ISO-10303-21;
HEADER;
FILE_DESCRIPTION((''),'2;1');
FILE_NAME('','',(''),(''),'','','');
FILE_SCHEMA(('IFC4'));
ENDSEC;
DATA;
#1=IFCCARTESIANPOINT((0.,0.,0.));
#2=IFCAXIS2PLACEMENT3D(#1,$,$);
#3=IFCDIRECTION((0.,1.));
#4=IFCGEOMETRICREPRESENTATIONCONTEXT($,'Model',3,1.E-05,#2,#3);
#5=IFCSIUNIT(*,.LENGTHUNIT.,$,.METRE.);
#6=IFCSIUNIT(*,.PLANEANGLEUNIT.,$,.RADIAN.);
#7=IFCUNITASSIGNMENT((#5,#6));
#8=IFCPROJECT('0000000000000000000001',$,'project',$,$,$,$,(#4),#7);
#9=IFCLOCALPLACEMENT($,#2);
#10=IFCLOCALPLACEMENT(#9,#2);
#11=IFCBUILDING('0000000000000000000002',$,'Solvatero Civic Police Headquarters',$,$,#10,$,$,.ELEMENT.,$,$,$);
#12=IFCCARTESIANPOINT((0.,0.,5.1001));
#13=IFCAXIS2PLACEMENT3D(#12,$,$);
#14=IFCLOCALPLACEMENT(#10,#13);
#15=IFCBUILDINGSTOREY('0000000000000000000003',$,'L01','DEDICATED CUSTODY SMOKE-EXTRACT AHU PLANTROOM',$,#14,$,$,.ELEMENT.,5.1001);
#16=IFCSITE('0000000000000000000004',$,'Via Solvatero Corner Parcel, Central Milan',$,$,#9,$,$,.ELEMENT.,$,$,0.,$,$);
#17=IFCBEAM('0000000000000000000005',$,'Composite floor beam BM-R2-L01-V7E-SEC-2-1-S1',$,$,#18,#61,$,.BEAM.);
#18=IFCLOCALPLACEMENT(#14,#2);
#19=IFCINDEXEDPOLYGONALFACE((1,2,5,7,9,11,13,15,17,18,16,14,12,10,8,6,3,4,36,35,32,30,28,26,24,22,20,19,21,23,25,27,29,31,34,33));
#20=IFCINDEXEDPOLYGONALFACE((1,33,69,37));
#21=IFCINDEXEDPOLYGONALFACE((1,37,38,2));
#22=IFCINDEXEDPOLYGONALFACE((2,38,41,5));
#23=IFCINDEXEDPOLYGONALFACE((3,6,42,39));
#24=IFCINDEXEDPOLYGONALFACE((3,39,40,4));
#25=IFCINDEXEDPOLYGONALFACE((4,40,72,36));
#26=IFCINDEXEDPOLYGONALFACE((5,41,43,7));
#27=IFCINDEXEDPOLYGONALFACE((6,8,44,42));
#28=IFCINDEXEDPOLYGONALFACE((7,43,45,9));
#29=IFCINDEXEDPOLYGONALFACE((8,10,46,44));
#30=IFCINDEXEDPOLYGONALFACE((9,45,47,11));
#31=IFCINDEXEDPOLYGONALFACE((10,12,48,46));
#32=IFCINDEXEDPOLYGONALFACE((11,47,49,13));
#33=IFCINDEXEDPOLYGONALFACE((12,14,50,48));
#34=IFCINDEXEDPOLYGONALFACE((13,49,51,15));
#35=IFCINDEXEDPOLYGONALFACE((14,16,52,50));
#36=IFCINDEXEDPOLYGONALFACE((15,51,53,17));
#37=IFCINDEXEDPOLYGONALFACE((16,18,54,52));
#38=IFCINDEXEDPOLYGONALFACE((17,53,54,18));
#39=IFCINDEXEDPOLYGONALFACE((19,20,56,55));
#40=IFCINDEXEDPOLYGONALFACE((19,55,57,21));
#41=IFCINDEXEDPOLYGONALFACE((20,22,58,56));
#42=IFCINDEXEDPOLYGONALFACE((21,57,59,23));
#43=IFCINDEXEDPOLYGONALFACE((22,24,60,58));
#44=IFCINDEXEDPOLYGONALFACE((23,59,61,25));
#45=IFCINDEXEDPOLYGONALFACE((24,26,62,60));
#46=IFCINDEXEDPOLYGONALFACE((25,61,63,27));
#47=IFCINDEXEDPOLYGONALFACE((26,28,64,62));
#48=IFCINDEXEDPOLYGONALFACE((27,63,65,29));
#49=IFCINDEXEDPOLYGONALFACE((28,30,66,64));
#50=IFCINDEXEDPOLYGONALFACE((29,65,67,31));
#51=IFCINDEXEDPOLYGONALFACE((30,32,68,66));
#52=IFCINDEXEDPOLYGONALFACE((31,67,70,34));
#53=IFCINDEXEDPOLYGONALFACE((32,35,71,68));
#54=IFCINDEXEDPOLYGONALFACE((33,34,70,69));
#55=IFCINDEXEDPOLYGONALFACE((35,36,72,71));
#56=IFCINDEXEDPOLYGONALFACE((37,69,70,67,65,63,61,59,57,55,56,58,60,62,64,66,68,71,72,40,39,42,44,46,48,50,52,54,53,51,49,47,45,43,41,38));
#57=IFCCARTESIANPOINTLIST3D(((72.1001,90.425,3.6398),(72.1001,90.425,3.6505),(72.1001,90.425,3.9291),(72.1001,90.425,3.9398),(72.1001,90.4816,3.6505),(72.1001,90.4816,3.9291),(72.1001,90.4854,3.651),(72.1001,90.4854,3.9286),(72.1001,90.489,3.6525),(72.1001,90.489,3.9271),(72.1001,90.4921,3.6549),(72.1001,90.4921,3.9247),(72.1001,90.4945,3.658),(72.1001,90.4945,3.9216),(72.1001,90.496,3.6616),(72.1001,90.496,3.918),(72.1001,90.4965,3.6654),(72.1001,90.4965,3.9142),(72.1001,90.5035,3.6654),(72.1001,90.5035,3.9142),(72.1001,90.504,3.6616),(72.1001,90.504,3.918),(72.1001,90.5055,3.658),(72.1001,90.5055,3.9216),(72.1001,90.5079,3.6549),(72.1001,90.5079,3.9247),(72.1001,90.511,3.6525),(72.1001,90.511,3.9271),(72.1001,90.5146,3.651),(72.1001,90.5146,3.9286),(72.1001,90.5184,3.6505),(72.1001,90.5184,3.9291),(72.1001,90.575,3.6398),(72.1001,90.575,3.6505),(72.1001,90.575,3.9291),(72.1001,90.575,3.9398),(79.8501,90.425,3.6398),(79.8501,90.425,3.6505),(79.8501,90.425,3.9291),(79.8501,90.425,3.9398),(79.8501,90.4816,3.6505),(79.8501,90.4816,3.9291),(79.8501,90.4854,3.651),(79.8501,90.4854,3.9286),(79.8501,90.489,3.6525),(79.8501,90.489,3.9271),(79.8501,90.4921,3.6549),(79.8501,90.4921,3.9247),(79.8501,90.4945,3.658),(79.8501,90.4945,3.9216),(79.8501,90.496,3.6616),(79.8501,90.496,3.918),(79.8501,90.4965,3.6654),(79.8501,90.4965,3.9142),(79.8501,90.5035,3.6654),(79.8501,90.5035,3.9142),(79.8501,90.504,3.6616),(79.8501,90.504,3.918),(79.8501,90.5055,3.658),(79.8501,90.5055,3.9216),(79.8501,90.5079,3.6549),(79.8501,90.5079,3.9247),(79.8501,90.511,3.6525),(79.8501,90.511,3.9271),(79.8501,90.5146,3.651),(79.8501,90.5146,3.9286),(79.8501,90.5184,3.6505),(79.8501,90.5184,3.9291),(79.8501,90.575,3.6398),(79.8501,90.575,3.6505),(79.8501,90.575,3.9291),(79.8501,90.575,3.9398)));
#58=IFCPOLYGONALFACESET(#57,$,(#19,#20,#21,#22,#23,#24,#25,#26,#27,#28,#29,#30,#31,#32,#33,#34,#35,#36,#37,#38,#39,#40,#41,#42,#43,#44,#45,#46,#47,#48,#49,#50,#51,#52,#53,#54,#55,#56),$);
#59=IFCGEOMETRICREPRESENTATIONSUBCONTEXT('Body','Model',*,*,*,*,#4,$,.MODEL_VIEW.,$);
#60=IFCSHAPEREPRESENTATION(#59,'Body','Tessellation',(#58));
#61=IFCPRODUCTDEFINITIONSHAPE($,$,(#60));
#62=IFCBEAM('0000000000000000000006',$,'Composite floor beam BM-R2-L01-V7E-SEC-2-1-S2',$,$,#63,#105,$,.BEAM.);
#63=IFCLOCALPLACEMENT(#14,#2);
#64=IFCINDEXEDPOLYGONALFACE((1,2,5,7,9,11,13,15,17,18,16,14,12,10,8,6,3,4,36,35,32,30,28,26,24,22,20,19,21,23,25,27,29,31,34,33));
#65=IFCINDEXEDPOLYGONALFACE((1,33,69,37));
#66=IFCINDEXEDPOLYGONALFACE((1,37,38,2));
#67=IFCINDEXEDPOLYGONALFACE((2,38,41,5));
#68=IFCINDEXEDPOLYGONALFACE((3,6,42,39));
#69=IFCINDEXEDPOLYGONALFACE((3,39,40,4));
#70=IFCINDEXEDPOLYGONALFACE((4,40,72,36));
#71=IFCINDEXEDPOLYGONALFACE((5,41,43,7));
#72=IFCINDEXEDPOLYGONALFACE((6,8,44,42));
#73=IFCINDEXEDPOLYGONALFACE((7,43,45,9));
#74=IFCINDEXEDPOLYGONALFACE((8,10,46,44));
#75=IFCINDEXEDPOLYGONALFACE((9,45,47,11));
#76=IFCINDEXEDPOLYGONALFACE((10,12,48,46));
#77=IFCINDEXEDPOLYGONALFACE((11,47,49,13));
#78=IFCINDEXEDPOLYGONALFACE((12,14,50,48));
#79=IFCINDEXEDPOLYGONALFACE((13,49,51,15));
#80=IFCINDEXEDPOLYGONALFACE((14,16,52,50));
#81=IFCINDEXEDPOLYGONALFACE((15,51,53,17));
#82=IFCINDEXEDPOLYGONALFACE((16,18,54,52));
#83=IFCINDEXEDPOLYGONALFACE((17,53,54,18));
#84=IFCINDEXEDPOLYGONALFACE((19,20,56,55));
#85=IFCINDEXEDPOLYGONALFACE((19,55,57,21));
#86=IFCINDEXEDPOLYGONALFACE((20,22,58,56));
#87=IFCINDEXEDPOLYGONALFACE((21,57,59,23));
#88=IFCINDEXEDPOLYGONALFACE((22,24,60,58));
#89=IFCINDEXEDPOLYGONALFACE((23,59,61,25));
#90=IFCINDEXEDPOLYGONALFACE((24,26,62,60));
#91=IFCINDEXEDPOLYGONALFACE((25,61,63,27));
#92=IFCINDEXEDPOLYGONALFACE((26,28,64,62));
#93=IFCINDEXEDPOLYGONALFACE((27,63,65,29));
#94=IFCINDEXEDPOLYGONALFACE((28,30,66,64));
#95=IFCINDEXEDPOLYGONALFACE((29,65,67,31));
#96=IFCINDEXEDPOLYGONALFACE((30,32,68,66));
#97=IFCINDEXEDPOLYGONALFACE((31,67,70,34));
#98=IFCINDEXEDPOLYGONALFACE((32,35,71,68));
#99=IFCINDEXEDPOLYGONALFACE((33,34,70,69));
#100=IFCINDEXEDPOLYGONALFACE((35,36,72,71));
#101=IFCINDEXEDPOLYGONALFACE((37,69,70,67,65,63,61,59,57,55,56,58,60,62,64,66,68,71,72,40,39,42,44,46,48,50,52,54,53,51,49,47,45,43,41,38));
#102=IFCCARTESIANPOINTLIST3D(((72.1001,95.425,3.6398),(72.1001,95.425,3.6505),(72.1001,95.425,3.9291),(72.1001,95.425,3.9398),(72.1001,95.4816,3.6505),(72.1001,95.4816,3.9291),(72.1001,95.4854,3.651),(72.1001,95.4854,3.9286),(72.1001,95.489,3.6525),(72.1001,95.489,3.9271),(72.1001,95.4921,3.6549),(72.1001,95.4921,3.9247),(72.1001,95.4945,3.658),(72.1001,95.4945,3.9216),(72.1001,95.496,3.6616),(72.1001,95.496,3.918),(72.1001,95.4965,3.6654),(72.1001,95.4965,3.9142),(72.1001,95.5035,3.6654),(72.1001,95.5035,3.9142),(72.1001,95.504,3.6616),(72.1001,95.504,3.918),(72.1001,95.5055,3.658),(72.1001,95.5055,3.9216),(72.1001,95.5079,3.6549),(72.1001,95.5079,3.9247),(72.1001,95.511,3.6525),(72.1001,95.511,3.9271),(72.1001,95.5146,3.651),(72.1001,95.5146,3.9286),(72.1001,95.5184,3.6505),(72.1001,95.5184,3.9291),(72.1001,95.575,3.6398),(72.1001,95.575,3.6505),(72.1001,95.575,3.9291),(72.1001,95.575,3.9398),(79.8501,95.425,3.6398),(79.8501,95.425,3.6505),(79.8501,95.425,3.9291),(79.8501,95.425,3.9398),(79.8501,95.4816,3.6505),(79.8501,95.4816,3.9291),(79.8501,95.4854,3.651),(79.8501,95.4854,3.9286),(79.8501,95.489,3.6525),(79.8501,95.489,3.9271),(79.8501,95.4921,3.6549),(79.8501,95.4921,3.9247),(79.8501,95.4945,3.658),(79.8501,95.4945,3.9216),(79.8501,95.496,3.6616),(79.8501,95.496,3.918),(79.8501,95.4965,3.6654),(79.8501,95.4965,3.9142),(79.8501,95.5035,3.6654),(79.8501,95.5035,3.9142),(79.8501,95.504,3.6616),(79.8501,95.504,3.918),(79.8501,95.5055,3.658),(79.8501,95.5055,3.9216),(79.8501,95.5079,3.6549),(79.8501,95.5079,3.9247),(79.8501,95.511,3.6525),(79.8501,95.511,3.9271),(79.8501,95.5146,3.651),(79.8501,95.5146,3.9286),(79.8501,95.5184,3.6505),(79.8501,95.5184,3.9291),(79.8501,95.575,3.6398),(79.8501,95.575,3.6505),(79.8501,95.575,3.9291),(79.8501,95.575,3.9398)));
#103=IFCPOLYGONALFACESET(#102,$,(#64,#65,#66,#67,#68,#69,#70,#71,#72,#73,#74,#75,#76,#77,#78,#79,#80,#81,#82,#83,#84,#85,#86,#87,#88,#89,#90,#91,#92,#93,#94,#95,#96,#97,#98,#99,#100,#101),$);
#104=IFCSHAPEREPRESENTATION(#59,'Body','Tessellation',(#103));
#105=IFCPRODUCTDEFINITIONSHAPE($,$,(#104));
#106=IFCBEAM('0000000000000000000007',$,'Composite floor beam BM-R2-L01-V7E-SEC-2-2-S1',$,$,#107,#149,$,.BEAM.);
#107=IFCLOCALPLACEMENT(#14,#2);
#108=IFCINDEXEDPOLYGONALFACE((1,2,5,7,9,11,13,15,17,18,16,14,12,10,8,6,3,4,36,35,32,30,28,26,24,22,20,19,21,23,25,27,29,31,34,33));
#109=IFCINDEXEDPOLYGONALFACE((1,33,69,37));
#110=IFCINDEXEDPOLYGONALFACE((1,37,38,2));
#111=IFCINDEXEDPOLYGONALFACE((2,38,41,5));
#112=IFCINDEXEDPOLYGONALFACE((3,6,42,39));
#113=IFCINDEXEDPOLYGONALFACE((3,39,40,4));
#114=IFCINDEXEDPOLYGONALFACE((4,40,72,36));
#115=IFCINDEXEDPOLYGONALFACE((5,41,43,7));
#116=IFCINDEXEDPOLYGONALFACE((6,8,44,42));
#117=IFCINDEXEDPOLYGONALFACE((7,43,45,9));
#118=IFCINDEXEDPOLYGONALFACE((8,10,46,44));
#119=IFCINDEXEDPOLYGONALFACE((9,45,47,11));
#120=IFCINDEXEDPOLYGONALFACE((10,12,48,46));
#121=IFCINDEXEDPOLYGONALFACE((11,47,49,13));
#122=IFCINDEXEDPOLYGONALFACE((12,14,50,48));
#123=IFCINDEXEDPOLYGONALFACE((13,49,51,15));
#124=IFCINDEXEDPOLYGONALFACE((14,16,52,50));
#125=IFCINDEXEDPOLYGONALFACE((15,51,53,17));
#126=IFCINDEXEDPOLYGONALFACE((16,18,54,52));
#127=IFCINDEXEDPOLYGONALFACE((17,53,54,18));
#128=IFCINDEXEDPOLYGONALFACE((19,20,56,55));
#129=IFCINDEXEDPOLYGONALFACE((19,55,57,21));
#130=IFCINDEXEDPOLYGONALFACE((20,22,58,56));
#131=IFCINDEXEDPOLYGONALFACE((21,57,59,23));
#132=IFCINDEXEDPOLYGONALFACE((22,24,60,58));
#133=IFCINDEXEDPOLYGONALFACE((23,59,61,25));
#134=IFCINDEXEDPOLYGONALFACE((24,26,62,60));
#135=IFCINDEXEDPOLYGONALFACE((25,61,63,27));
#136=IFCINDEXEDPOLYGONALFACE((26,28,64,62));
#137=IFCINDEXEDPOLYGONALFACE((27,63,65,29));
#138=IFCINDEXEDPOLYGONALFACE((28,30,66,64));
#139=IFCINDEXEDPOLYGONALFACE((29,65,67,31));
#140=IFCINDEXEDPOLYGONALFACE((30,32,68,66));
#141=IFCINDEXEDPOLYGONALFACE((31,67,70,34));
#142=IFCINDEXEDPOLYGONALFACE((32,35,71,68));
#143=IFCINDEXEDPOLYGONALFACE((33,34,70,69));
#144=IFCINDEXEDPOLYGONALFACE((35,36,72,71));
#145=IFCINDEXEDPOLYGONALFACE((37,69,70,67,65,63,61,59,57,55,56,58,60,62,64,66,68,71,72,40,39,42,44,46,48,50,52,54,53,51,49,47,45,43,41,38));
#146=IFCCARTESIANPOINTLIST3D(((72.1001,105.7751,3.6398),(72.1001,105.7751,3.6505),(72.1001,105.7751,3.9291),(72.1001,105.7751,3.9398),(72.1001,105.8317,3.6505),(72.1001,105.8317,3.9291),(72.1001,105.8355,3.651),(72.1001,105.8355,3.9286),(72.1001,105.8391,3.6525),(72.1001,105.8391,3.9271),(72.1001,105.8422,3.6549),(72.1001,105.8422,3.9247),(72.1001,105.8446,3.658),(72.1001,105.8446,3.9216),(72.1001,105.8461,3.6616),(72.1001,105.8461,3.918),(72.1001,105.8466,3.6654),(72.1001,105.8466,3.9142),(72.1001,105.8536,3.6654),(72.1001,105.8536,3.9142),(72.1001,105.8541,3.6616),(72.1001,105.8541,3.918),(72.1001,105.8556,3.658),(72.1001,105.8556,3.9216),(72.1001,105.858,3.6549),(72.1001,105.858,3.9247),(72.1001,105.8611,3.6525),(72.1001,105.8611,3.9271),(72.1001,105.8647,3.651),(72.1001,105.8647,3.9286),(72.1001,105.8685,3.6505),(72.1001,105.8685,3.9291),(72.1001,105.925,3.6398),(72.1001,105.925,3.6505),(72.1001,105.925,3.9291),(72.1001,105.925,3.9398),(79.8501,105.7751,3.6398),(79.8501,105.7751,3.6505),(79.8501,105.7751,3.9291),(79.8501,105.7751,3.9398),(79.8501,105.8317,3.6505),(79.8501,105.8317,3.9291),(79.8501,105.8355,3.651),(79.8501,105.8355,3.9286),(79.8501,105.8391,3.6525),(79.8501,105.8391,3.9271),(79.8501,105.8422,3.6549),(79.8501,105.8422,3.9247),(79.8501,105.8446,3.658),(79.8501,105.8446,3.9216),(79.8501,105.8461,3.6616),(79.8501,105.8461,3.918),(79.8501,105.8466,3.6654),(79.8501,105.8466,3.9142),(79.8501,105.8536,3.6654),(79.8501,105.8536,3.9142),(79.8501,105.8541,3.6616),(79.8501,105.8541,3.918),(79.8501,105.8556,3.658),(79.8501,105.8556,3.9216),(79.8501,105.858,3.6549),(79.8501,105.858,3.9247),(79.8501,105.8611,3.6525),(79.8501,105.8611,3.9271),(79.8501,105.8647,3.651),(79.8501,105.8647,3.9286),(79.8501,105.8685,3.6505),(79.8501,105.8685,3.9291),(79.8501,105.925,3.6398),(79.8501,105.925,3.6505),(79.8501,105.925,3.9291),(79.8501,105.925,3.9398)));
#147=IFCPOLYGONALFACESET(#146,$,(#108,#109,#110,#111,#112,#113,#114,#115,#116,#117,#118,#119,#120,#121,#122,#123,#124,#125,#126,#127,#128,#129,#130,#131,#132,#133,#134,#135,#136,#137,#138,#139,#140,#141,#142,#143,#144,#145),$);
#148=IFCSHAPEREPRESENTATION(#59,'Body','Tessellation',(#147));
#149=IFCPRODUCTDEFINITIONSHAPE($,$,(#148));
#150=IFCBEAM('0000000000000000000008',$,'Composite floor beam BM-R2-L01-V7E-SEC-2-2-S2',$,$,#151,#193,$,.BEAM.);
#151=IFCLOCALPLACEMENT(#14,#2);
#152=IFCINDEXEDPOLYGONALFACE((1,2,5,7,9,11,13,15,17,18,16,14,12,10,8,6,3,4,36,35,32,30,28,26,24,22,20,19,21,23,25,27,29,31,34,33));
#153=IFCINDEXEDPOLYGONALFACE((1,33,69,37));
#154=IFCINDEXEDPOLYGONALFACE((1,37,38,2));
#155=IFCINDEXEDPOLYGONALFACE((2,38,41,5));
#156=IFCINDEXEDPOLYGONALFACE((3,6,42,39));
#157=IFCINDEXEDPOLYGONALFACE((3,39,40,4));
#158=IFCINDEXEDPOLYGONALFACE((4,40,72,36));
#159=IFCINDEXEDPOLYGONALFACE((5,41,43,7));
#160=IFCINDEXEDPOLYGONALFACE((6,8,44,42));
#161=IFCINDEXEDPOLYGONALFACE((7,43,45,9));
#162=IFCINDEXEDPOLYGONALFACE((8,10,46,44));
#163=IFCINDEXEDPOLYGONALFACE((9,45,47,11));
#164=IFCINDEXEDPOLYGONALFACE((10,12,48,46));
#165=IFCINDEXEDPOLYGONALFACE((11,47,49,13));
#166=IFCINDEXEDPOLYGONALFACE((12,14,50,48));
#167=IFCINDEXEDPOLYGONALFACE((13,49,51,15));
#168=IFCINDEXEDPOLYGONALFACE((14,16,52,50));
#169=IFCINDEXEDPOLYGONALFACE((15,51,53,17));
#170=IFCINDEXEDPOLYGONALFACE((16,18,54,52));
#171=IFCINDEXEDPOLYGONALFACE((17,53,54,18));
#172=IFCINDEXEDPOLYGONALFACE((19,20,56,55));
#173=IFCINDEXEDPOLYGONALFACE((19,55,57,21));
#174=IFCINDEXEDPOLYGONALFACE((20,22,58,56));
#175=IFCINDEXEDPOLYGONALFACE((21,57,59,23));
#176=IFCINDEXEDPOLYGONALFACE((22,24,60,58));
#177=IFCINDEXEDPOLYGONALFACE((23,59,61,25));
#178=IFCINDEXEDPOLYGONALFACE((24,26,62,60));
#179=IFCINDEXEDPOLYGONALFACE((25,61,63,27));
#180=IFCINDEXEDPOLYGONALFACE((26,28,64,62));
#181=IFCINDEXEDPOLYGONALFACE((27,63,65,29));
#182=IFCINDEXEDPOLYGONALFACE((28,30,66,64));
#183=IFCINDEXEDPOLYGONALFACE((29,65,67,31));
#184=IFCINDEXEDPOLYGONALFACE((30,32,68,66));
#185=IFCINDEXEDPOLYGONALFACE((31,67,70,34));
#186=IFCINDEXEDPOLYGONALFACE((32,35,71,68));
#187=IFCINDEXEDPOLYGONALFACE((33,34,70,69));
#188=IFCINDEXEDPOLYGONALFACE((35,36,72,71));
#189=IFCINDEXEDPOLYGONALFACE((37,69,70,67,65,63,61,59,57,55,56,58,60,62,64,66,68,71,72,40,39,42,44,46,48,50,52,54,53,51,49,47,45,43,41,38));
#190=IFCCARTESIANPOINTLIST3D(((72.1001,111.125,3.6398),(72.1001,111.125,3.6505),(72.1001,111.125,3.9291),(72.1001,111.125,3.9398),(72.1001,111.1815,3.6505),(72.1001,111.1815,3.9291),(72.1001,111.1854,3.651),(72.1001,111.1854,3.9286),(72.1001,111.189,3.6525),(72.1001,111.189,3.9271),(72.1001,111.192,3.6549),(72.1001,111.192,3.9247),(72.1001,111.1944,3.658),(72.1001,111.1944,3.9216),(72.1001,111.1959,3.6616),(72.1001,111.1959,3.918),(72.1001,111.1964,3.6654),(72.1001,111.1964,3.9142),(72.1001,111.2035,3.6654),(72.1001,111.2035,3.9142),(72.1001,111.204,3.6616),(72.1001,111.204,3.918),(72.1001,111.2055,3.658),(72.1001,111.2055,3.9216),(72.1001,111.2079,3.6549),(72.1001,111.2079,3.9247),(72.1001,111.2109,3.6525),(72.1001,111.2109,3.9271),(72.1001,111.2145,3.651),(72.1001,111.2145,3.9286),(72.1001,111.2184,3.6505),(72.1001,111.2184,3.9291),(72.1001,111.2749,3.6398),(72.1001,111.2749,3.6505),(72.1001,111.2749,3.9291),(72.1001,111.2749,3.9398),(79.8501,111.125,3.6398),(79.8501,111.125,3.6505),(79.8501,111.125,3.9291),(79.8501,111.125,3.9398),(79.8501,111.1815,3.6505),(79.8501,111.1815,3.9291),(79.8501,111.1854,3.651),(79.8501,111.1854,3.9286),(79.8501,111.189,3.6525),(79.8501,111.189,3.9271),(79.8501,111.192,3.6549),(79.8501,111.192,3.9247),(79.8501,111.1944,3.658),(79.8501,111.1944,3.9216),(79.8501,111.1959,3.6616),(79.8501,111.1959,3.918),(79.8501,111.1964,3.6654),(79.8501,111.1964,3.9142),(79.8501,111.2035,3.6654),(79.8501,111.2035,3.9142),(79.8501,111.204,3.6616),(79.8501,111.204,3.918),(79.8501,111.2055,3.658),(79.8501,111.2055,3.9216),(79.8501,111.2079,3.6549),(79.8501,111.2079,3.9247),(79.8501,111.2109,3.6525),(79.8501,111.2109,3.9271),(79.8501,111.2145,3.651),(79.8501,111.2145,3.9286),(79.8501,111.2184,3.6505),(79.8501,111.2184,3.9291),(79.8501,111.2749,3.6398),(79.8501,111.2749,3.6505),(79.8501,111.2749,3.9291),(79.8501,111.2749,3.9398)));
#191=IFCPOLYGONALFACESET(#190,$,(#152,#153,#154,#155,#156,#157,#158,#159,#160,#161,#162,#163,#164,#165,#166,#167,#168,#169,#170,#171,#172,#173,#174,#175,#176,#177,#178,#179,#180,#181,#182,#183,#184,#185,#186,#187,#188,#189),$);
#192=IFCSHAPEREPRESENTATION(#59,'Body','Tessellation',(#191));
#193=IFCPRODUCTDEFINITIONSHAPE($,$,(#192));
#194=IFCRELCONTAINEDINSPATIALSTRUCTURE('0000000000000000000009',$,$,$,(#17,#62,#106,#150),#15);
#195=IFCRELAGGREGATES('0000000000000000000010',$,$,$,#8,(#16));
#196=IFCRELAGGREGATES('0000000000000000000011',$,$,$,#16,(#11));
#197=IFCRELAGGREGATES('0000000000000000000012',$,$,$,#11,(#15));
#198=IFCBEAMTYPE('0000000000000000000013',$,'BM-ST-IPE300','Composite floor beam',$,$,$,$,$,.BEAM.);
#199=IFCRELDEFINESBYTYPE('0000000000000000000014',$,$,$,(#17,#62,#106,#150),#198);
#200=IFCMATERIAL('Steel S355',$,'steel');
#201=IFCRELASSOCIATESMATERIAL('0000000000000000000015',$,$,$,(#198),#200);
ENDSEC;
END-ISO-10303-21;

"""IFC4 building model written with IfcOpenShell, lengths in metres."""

from ifc_helpers import new_model, si_unit, direction, frame, origin, origin_2d, place, context, subcontext, project, spatial, i_section, extrude, material, material_profile, profile_set, type_object, element, save


model = new_model("IFC4")

# Units and contexts
model_context = context("Model", 3, precision=1e-05, world=origin(), true_north=direction((0.0, 1.0)))
body_context = subcontext(model_context, "Body", "Model", "MODEL_VIEW")
ifc_project = project(units=[si_unit("LENGTHUNIT", "METRE"), si_unit("PLANEANGLEUNIT", "RADIAN")], contexts=[model_context])

# Site, building, storey
site_placement = place(None, origin())
site = spatial("IfcSite", under=ifc_project, at=site_placement, Name="Via Solvatero Corner Parcel, Central Milan", CompositionType="ELEMENT", RefElevation=0.0)
building_placement = place(site_placement, origin())
building = spatial("IfcBuilding", under=site, at=building_placement, Name="Solvatero Civic Police Headquarters", CompositionType="ELEMENT")
storey_placement = place(building_placement, frame((0.0, 0.0, 5.1001)))
storey = spatial("IfcBuildingStorey", under=building, at=storey_placement, Name="L01", Description="DEDICATED CUSTODY SMOKE-EXTRACT AHU PLANTROOM", CompositionType="ELEMENT", Elevation=5.1001)

# Shared definitions
ifc_material_1 = material(Name="Steel S355", Category="steel")

# Beams
ifc_material_profile_1 = material_profile(ifc_material_1, i_section(OverallWidth=0.1499, OverallDepth=0.3, WebThickness=0.0071, FlangeThickness=0.0107, FilletRadius=0.0149, at=origin_2d()), Name="IPE 300")
ifc_profile_set_1 = profile_set([ifc_material_profile_1], Name="Steel S355")
beam_type_1 = type_object("IfcBeamType", Name="BM-ST-IPE300", Description="Composite floor beam", PredefinedType="BEAM", material=ifc_profile_set_1)
for number, where, z_axis, x_axis, name in (
    (1, (72.1001, 90.5, 3.7898), (1.0, 0.0, 0.0), (0.0, 1.0, 0.0), "Composite floor beam BM-R2-L01-V7E-SEC-2-1-S1"),
    (2, (72.1001, 95.5, 3.7898), (1.0, 0.0, 0.0), (0.0, 1.0, 0.0), "Composite floor beam BM-R2-L01-V7E-SEC-2-1-S2"),
    (3, (72.1001, 105.8501, 3.7898), (1.0, 0.0, 0.0), (0.0, 1.0, 0.0), "Composite floor beam BM-R2-L01-V7E-SEC-2-2-S1"),
    (4, (72.1001, 111.2, 3.7898), (1.0, 0.0, 0.0), (0.0, 1.0, 0.0), "Composite floor beam BM-R2-L01-V7E-SEC-2-2-S2"),
):
    element("IfcBeam", number, at=place(storey_placement, frame(where, z_axis=z_axis, x_axis=x_axis)), inside=storey, type_object=beam_type_1, Name=name, PredefinedType="BEAM", context=body_context, shape_type="SweptSolid", body=[
        extrude(i_section(OverallWidth=0.1499, OverallDepth=0.3, WebThickness=0.0071, FlangeThickness=0.0107, FilletRadius=0.0149, at=origin_2d()), origin(), (0.0, 0.0, 1.0), 7.75),
    ])

save(model, "model.ifc")
